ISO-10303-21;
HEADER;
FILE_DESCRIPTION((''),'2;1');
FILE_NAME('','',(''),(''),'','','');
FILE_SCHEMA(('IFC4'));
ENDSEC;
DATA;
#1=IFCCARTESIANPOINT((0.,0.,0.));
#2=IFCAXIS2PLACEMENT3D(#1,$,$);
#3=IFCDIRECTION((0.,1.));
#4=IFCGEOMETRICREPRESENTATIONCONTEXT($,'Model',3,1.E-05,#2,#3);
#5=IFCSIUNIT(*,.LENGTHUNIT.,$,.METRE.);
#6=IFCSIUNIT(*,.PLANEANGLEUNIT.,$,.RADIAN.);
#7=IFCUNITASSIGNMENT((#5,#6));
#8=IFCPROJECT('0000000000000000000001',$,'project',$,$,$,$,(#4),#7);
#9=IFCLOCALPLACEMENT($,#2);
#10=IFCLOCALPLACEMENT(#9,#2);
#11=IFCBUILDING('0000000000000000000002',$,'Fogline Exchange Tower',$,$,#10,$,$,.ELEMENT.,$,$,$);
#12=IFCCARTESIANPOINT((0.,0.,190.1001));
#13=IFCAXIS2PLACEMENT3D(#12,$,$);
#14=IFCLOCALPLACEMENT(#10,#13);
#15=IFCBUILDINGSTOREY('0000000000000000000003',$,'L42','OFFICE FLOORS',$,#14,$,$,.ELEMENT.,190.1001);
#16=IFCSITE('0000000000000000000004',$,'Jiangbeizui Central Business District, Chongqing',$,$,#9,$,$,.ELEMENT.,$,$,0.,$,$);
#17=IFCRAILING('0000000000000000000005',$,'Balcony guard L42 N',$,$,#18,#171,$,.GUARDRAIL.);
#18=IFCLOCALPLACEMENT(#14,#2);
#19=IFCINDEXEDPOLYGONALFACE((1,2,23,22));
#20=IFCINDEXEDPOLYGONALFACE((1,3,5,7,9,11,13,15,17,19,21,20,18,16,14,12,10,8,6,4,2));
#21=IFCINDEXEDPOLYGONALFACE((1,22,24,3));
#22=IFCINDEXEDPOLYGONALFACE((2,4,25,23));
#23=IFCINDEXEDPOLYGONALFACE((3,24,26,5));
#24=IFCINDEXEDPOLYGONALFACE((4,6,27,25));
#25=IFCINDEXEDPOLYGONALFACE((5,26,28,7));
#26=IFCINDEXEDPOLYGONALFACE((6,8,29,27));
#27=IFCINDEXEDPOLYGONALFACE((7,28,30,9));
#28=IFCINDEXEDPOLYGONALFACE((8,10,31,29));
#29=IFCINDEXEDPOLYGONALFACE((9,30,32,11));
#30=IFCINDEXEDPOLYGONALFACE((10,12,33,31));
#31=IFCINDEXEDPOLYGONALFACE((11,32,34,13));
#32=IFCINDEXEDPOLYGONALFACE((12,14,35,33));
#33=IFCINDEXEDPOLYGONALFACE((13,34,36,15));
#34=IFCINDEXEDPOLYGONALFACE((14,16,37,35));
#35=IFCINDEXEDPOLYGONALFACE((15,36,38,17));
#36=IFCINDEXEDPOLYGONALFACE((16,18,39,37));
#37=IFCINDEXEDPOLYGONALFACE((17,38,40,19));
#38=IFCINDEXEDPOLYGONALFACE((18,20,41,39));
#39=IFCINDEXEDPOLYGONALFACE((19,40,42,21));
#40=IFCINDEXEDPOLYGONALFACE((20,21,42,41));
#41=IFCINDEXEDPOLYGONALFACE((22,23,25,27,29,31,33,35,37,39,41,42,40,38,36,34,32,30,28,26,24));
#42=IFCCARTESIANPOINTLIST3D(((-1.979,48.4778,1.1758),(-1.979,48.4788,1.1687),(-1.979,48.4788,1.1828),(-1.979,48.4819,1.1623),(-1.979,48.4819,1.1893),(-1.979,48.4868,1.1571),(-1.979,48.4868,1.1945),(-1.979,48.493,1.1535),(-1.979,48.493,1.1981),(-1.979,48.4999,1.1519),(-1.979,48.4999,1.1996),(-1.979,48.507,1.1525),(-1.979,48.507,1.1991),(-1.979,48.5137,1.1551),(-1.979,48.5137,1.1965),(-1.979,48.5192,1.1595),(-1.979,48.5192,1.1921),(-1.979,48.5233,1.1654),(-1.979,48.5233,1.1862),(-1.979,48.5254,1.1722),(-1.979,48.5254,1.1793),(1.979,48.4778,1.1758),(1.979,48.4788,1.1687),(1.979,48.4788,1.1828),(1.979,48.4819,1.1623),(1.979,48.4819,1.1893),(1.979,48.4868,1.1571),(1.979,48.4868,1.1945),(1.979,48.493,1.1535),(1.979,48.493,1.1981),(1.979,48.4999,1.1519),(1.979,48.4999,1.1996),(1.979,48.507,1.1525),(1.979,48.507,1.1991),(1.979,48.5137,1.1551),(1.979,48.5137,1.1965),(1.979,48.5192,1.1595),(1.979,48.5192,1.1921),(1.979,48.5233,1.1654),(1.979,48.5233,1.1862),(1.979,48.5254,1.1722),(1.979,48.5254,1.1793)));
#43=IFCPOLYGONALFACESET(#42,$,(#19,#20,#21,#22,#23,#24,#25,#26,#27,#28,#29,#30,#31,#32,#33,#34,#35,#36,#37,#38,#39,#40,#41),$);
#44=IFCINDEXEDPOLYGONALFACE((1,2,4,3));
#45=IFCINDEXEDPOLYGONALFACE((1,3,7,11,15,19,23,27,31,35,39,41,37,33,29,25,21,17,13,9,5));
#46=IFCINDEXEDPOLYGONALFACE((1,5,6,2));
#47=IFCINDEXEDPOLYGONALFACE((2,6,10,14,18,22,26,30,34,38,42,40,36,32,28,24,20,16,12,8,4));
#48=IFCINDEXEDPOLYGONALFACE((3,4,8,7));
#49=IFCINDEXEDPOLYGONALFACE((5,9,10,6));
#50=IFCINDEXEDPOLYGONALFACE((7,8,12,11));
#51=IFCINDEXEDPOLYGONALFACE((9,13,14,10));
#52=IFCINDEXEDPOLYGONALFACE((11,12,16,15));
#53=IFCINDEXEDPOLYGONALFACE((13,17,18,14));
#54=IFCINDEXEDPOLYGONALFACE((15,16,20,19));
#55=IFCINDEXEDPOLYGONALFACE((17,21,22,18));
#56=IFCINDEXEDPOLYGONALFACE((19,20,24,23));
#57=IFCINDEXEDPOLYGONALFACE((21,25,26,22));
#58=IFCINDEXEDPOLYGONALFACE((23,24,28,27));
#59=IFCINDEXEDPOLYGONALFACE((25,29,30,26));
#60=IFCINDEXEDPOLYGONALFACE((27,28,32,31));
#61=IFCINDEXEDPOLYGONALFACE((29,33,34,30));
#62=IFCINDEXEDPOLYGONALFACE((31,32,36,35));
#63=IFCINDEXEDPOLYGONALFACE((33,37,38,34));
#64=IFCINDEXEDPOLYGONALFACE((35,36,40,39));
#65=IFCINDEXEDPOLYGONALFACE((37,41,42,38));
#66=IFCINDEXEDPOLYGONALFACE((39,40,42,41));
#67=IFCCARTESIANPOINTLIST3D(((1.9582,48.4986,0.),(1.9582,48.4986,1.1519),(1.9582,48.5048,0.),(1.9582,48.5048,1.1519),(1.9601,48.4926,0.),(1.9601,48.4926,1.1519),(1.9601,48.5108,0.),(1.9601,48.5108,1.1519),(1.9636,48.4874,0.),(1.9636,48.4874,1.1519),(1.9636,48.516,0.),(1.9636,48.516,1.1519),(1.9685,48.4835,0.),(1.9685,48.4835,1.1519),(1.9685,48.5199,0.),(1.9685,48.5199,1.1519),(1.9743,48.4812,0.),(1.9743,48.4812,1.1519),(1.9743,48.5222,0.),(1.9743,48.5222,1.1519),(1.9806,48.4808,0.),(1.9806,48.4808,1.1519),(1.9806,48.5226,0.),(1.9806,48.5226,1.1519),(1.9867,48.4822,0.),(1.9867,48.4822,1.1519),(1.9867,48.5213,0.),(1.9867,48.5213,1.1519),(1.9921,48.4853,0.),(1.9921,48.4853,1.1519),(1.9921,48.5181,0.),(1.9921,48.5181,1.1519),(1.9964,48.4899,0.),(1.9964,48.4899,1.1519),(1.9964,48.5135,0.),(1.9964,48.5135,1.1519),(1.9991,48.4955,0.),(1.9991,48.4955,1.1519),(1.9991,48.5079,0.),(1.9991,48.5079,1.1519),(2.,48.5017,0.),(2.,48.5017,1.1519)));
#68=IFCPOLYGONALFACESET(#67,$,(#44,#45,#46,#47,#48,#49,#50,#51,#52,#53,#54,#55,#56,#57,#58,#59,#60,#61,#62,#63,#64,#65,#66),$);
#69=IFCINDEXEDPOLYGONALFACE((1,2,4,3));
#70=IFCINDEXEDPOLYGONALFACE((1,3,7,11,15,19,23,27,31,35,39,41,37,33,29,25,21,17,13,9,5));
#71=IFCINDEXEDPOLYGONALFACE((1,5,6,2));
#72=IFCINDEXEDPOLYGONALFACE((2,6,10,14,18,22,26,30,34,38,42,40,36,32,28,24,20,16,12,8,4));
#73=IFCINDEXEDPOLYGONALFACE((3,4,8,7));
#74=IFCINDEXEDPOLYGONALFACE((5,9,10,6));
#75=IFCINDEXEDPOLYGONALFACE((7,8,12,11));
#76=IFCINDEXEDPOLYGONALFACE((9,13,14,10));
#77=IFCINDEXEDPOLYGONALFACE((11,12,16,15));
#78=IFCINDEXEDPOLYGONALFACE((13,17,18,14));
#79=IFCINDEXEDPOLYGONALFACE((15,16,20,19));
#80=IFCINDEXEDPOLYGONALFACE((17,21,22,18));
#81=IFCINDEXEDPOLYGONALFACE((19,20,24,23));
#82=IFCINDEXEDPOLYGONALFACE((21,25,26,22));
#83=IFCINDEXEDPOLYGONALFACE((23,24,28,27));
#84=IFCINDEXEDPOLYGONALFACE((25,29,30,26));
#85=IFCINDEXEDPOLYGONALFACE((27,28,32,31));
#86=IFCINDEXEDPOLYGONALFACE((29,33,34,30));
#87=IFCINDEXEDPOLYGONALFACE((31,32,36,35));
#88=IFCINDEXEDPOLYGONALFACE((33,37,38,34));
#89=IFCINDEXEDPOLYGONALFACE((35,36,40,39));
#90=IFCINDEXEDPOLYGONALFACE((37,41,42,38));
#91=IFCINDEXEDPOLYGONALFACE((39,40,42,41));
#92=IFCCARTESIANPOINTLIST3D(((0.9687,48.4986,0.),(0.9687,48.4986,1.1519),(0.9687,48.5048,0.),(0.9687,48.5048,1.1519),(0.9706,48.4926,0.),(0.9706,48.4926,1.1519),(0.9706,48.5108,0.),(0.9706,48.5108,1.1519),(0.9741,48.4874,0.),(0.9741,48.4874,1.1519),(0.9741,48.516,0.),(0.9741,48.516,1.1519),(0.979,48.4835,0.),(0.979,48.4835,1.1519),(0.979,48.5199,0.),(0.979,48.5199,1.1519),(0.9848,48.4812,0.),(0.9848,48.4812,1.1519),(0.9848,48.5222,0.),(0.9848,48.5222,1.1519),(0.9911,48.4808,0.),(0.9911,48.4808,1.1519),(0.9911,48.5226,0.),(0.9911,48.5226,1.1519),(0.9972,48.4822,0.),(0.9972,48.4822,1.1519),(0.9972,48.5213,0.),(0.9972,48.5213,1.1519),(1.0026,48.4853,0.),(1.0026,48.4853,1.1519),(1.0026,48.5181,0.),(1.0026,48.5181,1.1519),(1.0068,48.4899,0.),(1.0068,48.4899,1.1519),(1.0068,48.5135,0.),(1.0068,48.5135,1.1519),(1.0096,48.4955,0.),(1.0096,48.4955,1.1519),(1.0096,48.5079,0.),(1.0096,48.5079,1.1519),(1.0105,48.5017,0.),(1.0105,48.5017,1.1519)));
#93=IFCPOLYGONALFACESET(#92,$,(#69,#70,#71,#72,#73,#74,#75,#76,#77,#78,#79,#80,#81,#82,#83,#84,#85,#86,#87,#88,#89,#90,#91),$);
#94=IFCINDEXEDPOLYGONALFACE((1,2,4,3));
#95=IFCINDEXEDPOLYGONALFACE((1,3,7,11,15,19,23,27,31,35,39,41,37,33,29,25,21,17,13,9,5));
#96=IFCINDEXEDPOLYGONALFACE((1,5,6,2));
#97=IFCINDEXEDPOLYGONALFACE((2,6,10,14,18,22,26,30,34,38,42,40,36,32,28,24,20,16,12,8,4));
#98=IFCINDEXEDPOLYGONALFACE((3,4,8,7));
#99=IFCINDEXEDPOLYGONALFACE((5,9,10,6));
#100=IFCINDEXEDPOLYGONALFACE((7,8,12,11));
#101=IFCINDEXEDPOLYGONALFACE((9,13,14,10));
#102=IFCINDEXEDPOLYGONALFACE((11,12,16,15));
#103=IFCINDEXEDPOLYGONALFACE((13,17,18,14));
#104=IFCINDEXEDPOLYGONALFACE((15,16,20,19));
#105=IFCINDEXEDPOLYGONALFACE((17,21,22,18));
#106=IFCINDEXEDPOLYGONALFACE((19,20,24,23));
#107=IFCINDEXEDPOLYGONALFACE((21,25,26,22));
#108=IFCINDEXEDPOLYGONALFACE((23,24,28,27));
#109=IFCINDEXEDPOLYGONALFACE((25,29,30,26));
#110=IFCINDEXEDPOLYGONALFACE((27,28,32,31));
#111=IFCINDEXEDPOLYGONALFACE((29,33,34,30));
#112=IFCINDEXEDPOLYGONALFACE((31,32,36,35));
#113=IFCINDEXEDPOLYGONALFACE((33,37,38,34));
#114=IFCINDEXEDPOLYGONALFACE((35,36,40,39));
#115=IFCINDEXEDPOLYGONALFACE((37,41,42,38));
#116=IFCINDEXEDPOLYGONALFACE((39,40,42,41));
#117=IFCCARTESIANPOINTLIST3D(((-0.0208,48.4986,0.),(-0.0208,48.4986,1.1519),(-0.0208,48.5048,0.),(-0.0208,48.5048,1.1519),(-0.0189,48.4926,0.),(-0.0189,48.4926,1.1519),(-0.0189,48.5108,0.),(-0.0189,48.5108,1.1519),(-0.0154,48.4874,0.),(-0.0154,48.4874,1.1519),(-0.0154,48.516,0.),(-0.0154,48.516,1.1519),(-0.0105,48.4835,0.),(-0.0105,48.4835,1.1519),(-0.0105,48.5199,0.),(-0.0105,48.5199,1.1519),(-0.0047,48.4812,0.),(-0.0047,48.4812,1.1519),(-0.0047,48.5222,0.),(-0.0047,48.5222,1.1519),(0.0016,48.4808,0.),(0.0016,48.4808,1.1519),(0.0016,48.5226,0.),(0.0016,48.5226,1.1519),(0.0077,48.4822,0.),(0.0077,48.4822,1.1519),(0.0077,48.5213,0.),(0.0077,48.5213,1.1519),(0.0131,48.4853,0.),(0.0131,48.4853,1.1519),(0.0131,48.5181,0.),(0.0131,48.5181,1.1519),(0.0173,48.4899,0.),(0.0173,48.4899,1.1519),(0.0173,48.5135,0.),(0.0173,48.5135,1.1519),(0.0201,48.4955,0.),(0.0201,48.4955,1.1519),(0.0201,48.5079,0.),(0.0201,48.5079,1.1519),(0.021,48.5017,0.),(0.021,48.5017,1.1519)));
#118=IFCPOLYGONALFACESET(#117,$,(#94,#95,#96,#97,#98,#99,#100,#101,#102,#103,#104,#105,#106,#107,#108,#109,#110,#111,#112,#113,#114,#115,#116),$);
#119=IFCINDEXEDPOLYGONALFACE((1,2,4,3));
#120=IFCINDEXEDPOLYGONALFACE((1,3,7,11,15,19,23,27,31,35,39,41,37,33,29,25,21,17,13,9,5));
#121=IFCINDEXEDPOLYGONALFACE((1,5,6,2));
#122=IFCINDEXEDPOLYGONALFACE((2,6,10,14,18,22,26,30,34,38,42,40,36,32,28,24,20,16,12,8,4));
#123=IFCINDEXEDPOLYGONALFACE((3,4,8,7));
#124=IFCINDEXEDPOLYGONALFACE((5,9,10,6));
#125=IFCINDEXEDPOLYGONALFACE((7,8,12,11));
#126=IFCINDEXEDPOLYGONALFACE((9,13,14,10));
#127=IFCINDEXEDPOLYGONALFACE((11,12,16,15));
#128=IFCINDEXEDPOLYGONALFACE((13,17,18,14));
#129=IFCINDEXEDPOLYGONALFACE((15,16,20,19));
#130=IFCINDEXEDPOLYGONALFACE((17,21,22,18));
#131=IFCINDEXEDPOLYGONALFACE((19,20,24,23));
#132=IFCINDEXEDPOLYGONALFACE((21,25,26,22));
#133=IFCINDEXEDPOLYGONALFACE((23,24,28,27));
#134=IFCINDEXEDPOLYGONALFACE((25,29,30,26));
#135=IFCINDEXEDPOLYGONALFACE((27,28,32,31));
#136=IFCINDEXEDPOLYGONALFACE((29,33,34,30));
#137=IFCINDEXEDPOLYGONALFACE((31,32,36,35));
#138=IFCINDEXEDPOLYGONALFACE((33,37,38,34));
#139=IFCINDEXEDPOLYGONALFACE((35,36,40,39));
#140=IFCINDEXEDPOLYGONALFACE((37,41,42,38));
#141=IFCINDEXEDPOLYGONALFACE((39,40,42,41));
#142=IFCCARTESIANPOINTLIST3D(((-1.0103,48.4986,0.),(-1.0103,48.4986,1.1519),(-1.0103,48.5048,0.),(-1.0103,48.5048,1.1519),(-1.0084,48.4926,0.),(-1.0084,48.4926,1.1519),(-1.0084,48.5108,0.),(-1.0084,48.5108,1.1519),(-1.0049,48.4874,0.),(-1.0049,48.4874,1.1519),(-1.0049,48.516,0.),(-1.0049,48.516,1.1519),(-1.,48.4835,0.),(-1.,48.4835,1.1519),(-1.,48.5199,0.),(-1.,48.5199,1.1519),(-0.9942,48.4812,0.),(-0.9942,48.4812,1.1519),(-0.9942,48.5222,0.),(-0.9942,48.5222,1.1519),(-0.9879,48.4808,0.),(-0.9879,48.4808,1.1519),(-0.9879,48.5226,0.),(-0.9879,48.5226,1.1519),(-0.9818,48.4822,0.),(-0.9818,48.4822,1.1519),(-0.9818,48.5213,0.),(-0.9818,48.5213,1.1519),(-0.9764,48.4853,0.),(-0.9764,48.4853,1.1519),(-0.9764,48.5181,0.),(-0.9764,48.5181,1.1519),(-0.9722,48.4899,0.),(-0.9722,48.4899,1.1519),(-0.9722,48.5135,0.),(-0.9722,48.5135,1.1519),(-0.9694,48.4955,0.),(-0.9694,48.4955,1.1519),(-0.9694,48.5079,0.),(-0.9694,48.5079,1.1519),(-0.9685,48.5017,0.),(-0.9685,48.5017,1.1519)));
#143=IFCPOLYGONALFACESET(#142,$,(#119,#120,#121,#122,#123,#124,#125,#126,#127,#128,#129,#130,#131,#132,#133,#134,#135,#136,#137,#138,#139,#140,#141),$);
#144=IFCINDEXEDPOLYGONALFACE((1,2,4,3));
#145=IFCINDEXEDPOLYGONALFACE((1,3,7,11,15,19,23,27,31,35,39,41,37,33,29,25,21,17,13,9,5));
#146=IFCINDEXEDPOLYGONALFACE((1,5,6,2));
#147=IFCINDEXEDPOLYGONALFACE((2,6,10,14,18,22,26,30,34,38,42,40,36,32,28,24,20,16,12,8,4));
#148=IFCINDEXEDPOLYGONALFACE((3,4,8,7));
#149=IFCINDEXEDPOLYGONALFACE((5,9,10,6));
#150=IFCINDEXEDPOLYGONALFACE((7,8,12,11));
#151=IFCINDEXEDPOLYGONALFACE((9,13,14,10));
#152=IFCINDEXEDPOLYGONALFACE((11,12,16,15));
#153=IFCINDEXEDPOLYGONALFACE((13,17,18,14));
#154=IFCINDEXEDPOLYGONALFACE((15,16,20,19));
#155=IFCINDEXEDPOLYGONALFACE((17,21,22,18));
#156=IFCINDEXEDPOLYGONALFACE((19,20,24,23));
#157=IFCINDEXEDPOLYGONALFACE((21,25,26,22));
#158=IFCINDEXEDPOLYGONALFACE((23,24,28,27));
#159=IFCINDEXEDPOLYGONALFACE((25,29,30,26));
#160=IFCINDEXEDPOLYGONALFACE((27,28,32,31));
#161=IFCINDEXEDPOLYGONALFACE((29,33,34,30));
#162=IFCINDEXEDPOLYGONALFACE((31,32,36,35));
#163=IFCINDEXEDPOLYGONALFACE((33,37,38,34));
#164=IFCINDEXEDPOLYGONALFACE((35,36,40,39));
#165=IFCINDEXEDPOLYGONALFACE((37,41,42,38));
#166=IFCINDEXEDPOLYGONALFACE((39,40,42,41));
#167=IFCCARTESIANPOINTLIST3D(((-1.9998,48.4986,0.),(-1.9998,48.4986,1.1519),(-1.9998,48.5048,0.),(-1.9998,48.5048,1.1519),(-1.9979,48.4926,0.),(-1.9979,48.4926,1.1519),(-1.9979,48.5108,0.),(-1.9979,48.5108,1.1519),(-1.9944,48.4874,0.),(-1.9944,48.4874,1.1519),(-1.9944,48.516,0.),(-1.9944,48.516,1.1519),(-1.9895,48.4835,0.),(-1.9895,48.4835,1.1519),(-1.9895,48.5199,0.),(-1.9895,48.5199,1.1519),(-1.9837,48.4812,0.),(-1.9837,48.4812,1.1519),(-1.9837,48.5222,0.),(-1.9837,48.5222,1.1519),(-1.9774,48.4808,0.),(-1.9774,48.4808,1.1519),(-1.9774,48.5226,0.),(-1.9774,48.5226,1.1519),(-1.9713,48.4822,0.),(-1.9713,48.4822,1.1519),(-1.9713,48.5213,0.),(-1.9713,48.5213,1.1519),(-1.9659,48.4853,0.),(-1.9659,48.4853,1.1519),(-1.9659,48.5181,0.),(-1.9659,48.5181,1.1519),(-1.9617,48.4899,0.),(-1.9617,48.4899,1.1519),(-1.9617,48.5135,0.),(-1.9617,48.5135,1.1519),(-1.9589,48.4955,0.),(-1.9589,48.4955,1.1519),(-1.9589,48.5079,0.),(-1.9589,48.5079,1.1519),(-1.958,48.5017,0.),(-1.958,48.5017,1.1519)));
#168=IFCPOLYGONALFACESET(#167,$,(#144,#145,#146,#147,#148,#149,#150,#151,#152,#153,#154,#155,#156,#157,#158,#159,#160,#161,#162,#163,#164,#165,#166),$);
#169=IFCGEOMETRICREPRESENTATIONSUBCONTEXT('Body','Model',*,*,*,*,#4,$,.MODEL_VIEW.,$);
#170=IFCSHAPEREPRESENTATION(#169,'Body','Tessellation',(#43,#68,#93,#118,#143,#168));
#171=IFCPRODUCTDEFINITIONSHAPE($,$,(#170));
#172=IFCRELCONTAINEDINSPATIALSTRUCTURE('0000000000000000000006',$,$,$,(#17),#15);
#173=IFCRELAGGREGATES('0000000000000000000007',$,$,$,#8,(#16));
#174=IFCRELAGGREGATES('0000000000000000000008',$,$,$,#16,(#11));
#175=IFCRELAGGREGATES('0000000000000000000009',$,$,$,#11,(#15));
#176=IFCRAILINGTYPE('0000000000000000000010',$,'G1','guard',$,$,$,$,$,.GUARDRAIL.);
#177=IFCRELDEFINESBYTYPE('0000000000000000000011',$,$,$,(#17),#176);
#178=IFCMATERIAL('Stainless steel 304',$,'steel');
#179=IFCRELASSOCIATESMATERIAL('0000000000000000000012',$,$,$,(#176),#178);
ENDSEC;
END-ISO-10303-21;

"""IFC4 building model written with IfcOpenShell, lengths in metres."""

from ifc_helpers import new_model, si_unit, direction, frame, origin, origin_2d, place, context, subcontext, project, spatial, circle, extrude, material, type_object, element, save


model = new_model("IFC4")

# Units and contexts
model_context = context("Model", 3, precision=1e-05, world=origin(), true_north=direction((0.0, 1.0)))
body_context = subcontext(model_context, "Body", "Model", "MODEL_VIEW")
ifc_project = project(units=[si_unit("LENGTHUNIT", "METRE"), si_unit("PLANEANGLEUNIT", "RADIAN")], contexts=[model_context])

# Site, building, storey
site_placement = place(None, origin())
site = spatial("IfcSite", under=ifc_project, at=site_placement, Name="Jiangbeizui Central Business District, Chongqing", CompositionType="ELEMENT", RefElevation=0.0)
building_placement = place(site_placement, origin())
building = spatial("IfcBuilding", under=site, at=building_placement, Name="Fogline Exchange Tower", CompositionType="ELEMENT")
storey_placement = place(building_placement, frame((0.0, 0.0, 190.1001)))
storey = spatial("IfcBuildingStorey", under=building, at=storey_placement, Name="L42", Description="OFFICE FLOORS", CompositionType="ELEMENT", Elevation=190.1001)

# Railing
ifc_material_1 = material(Name="Stainless steel 304", Category="steel")
railing_type = type_object("IfcRailingType", Name="G1", Description="guard", PredefinedType="GUARDRAIL", material=ifc_material_1)
railing_placement = place(storey_placement, frame((1.979, 48.5017, 0.0)))
element("IfcRailing", 1, at=railing_placement, inside=storey, type_object=railing_type, Name="Balcony guard L42 N", PredefinedType="GUARDRAIL", context=body_context, shape_type="SweptSolid", body=[
    extrude(circle(Radius=0.0239, at=origin_2d()), frame((0.0, 0.0, 1.1758), z_axis=(-1.0, 0.0, 0.0), x_axis=(0.0, -1.0, 0.0)), (0.0, 0.0, 1.0), 3.958),
    extrude(circle(Radius=0.021, at=origin_2d()), origin(), (0.0, 0.0, 1.0), 1.1519),
    extrude(circle(Radius=0.021, at=origin_2d()), frame((-0.9895, 0.0, 0.0)), (0.0, 0.0, 1.0), 1.1519),
    extrude(circle(Radius=0.021, at=origin_2d()), frame((-1.979, 0.0, 0.0)), (0.0, 0.0, 1.0), 1.1519),
    extrude(circle(Radius=0.021, at=origin_2d()), frame((-2.9685, 0.0, 0.0)), (0.0, 0.0, 1.0), 1.1519),
    extrude(circle(Radius=0.021, at=origin_2d()), frame((-3.958, 0.0, 0.0)), (0.0, 0.0, 1.0), 1.1519),
])

save(model, "model.ifc")
